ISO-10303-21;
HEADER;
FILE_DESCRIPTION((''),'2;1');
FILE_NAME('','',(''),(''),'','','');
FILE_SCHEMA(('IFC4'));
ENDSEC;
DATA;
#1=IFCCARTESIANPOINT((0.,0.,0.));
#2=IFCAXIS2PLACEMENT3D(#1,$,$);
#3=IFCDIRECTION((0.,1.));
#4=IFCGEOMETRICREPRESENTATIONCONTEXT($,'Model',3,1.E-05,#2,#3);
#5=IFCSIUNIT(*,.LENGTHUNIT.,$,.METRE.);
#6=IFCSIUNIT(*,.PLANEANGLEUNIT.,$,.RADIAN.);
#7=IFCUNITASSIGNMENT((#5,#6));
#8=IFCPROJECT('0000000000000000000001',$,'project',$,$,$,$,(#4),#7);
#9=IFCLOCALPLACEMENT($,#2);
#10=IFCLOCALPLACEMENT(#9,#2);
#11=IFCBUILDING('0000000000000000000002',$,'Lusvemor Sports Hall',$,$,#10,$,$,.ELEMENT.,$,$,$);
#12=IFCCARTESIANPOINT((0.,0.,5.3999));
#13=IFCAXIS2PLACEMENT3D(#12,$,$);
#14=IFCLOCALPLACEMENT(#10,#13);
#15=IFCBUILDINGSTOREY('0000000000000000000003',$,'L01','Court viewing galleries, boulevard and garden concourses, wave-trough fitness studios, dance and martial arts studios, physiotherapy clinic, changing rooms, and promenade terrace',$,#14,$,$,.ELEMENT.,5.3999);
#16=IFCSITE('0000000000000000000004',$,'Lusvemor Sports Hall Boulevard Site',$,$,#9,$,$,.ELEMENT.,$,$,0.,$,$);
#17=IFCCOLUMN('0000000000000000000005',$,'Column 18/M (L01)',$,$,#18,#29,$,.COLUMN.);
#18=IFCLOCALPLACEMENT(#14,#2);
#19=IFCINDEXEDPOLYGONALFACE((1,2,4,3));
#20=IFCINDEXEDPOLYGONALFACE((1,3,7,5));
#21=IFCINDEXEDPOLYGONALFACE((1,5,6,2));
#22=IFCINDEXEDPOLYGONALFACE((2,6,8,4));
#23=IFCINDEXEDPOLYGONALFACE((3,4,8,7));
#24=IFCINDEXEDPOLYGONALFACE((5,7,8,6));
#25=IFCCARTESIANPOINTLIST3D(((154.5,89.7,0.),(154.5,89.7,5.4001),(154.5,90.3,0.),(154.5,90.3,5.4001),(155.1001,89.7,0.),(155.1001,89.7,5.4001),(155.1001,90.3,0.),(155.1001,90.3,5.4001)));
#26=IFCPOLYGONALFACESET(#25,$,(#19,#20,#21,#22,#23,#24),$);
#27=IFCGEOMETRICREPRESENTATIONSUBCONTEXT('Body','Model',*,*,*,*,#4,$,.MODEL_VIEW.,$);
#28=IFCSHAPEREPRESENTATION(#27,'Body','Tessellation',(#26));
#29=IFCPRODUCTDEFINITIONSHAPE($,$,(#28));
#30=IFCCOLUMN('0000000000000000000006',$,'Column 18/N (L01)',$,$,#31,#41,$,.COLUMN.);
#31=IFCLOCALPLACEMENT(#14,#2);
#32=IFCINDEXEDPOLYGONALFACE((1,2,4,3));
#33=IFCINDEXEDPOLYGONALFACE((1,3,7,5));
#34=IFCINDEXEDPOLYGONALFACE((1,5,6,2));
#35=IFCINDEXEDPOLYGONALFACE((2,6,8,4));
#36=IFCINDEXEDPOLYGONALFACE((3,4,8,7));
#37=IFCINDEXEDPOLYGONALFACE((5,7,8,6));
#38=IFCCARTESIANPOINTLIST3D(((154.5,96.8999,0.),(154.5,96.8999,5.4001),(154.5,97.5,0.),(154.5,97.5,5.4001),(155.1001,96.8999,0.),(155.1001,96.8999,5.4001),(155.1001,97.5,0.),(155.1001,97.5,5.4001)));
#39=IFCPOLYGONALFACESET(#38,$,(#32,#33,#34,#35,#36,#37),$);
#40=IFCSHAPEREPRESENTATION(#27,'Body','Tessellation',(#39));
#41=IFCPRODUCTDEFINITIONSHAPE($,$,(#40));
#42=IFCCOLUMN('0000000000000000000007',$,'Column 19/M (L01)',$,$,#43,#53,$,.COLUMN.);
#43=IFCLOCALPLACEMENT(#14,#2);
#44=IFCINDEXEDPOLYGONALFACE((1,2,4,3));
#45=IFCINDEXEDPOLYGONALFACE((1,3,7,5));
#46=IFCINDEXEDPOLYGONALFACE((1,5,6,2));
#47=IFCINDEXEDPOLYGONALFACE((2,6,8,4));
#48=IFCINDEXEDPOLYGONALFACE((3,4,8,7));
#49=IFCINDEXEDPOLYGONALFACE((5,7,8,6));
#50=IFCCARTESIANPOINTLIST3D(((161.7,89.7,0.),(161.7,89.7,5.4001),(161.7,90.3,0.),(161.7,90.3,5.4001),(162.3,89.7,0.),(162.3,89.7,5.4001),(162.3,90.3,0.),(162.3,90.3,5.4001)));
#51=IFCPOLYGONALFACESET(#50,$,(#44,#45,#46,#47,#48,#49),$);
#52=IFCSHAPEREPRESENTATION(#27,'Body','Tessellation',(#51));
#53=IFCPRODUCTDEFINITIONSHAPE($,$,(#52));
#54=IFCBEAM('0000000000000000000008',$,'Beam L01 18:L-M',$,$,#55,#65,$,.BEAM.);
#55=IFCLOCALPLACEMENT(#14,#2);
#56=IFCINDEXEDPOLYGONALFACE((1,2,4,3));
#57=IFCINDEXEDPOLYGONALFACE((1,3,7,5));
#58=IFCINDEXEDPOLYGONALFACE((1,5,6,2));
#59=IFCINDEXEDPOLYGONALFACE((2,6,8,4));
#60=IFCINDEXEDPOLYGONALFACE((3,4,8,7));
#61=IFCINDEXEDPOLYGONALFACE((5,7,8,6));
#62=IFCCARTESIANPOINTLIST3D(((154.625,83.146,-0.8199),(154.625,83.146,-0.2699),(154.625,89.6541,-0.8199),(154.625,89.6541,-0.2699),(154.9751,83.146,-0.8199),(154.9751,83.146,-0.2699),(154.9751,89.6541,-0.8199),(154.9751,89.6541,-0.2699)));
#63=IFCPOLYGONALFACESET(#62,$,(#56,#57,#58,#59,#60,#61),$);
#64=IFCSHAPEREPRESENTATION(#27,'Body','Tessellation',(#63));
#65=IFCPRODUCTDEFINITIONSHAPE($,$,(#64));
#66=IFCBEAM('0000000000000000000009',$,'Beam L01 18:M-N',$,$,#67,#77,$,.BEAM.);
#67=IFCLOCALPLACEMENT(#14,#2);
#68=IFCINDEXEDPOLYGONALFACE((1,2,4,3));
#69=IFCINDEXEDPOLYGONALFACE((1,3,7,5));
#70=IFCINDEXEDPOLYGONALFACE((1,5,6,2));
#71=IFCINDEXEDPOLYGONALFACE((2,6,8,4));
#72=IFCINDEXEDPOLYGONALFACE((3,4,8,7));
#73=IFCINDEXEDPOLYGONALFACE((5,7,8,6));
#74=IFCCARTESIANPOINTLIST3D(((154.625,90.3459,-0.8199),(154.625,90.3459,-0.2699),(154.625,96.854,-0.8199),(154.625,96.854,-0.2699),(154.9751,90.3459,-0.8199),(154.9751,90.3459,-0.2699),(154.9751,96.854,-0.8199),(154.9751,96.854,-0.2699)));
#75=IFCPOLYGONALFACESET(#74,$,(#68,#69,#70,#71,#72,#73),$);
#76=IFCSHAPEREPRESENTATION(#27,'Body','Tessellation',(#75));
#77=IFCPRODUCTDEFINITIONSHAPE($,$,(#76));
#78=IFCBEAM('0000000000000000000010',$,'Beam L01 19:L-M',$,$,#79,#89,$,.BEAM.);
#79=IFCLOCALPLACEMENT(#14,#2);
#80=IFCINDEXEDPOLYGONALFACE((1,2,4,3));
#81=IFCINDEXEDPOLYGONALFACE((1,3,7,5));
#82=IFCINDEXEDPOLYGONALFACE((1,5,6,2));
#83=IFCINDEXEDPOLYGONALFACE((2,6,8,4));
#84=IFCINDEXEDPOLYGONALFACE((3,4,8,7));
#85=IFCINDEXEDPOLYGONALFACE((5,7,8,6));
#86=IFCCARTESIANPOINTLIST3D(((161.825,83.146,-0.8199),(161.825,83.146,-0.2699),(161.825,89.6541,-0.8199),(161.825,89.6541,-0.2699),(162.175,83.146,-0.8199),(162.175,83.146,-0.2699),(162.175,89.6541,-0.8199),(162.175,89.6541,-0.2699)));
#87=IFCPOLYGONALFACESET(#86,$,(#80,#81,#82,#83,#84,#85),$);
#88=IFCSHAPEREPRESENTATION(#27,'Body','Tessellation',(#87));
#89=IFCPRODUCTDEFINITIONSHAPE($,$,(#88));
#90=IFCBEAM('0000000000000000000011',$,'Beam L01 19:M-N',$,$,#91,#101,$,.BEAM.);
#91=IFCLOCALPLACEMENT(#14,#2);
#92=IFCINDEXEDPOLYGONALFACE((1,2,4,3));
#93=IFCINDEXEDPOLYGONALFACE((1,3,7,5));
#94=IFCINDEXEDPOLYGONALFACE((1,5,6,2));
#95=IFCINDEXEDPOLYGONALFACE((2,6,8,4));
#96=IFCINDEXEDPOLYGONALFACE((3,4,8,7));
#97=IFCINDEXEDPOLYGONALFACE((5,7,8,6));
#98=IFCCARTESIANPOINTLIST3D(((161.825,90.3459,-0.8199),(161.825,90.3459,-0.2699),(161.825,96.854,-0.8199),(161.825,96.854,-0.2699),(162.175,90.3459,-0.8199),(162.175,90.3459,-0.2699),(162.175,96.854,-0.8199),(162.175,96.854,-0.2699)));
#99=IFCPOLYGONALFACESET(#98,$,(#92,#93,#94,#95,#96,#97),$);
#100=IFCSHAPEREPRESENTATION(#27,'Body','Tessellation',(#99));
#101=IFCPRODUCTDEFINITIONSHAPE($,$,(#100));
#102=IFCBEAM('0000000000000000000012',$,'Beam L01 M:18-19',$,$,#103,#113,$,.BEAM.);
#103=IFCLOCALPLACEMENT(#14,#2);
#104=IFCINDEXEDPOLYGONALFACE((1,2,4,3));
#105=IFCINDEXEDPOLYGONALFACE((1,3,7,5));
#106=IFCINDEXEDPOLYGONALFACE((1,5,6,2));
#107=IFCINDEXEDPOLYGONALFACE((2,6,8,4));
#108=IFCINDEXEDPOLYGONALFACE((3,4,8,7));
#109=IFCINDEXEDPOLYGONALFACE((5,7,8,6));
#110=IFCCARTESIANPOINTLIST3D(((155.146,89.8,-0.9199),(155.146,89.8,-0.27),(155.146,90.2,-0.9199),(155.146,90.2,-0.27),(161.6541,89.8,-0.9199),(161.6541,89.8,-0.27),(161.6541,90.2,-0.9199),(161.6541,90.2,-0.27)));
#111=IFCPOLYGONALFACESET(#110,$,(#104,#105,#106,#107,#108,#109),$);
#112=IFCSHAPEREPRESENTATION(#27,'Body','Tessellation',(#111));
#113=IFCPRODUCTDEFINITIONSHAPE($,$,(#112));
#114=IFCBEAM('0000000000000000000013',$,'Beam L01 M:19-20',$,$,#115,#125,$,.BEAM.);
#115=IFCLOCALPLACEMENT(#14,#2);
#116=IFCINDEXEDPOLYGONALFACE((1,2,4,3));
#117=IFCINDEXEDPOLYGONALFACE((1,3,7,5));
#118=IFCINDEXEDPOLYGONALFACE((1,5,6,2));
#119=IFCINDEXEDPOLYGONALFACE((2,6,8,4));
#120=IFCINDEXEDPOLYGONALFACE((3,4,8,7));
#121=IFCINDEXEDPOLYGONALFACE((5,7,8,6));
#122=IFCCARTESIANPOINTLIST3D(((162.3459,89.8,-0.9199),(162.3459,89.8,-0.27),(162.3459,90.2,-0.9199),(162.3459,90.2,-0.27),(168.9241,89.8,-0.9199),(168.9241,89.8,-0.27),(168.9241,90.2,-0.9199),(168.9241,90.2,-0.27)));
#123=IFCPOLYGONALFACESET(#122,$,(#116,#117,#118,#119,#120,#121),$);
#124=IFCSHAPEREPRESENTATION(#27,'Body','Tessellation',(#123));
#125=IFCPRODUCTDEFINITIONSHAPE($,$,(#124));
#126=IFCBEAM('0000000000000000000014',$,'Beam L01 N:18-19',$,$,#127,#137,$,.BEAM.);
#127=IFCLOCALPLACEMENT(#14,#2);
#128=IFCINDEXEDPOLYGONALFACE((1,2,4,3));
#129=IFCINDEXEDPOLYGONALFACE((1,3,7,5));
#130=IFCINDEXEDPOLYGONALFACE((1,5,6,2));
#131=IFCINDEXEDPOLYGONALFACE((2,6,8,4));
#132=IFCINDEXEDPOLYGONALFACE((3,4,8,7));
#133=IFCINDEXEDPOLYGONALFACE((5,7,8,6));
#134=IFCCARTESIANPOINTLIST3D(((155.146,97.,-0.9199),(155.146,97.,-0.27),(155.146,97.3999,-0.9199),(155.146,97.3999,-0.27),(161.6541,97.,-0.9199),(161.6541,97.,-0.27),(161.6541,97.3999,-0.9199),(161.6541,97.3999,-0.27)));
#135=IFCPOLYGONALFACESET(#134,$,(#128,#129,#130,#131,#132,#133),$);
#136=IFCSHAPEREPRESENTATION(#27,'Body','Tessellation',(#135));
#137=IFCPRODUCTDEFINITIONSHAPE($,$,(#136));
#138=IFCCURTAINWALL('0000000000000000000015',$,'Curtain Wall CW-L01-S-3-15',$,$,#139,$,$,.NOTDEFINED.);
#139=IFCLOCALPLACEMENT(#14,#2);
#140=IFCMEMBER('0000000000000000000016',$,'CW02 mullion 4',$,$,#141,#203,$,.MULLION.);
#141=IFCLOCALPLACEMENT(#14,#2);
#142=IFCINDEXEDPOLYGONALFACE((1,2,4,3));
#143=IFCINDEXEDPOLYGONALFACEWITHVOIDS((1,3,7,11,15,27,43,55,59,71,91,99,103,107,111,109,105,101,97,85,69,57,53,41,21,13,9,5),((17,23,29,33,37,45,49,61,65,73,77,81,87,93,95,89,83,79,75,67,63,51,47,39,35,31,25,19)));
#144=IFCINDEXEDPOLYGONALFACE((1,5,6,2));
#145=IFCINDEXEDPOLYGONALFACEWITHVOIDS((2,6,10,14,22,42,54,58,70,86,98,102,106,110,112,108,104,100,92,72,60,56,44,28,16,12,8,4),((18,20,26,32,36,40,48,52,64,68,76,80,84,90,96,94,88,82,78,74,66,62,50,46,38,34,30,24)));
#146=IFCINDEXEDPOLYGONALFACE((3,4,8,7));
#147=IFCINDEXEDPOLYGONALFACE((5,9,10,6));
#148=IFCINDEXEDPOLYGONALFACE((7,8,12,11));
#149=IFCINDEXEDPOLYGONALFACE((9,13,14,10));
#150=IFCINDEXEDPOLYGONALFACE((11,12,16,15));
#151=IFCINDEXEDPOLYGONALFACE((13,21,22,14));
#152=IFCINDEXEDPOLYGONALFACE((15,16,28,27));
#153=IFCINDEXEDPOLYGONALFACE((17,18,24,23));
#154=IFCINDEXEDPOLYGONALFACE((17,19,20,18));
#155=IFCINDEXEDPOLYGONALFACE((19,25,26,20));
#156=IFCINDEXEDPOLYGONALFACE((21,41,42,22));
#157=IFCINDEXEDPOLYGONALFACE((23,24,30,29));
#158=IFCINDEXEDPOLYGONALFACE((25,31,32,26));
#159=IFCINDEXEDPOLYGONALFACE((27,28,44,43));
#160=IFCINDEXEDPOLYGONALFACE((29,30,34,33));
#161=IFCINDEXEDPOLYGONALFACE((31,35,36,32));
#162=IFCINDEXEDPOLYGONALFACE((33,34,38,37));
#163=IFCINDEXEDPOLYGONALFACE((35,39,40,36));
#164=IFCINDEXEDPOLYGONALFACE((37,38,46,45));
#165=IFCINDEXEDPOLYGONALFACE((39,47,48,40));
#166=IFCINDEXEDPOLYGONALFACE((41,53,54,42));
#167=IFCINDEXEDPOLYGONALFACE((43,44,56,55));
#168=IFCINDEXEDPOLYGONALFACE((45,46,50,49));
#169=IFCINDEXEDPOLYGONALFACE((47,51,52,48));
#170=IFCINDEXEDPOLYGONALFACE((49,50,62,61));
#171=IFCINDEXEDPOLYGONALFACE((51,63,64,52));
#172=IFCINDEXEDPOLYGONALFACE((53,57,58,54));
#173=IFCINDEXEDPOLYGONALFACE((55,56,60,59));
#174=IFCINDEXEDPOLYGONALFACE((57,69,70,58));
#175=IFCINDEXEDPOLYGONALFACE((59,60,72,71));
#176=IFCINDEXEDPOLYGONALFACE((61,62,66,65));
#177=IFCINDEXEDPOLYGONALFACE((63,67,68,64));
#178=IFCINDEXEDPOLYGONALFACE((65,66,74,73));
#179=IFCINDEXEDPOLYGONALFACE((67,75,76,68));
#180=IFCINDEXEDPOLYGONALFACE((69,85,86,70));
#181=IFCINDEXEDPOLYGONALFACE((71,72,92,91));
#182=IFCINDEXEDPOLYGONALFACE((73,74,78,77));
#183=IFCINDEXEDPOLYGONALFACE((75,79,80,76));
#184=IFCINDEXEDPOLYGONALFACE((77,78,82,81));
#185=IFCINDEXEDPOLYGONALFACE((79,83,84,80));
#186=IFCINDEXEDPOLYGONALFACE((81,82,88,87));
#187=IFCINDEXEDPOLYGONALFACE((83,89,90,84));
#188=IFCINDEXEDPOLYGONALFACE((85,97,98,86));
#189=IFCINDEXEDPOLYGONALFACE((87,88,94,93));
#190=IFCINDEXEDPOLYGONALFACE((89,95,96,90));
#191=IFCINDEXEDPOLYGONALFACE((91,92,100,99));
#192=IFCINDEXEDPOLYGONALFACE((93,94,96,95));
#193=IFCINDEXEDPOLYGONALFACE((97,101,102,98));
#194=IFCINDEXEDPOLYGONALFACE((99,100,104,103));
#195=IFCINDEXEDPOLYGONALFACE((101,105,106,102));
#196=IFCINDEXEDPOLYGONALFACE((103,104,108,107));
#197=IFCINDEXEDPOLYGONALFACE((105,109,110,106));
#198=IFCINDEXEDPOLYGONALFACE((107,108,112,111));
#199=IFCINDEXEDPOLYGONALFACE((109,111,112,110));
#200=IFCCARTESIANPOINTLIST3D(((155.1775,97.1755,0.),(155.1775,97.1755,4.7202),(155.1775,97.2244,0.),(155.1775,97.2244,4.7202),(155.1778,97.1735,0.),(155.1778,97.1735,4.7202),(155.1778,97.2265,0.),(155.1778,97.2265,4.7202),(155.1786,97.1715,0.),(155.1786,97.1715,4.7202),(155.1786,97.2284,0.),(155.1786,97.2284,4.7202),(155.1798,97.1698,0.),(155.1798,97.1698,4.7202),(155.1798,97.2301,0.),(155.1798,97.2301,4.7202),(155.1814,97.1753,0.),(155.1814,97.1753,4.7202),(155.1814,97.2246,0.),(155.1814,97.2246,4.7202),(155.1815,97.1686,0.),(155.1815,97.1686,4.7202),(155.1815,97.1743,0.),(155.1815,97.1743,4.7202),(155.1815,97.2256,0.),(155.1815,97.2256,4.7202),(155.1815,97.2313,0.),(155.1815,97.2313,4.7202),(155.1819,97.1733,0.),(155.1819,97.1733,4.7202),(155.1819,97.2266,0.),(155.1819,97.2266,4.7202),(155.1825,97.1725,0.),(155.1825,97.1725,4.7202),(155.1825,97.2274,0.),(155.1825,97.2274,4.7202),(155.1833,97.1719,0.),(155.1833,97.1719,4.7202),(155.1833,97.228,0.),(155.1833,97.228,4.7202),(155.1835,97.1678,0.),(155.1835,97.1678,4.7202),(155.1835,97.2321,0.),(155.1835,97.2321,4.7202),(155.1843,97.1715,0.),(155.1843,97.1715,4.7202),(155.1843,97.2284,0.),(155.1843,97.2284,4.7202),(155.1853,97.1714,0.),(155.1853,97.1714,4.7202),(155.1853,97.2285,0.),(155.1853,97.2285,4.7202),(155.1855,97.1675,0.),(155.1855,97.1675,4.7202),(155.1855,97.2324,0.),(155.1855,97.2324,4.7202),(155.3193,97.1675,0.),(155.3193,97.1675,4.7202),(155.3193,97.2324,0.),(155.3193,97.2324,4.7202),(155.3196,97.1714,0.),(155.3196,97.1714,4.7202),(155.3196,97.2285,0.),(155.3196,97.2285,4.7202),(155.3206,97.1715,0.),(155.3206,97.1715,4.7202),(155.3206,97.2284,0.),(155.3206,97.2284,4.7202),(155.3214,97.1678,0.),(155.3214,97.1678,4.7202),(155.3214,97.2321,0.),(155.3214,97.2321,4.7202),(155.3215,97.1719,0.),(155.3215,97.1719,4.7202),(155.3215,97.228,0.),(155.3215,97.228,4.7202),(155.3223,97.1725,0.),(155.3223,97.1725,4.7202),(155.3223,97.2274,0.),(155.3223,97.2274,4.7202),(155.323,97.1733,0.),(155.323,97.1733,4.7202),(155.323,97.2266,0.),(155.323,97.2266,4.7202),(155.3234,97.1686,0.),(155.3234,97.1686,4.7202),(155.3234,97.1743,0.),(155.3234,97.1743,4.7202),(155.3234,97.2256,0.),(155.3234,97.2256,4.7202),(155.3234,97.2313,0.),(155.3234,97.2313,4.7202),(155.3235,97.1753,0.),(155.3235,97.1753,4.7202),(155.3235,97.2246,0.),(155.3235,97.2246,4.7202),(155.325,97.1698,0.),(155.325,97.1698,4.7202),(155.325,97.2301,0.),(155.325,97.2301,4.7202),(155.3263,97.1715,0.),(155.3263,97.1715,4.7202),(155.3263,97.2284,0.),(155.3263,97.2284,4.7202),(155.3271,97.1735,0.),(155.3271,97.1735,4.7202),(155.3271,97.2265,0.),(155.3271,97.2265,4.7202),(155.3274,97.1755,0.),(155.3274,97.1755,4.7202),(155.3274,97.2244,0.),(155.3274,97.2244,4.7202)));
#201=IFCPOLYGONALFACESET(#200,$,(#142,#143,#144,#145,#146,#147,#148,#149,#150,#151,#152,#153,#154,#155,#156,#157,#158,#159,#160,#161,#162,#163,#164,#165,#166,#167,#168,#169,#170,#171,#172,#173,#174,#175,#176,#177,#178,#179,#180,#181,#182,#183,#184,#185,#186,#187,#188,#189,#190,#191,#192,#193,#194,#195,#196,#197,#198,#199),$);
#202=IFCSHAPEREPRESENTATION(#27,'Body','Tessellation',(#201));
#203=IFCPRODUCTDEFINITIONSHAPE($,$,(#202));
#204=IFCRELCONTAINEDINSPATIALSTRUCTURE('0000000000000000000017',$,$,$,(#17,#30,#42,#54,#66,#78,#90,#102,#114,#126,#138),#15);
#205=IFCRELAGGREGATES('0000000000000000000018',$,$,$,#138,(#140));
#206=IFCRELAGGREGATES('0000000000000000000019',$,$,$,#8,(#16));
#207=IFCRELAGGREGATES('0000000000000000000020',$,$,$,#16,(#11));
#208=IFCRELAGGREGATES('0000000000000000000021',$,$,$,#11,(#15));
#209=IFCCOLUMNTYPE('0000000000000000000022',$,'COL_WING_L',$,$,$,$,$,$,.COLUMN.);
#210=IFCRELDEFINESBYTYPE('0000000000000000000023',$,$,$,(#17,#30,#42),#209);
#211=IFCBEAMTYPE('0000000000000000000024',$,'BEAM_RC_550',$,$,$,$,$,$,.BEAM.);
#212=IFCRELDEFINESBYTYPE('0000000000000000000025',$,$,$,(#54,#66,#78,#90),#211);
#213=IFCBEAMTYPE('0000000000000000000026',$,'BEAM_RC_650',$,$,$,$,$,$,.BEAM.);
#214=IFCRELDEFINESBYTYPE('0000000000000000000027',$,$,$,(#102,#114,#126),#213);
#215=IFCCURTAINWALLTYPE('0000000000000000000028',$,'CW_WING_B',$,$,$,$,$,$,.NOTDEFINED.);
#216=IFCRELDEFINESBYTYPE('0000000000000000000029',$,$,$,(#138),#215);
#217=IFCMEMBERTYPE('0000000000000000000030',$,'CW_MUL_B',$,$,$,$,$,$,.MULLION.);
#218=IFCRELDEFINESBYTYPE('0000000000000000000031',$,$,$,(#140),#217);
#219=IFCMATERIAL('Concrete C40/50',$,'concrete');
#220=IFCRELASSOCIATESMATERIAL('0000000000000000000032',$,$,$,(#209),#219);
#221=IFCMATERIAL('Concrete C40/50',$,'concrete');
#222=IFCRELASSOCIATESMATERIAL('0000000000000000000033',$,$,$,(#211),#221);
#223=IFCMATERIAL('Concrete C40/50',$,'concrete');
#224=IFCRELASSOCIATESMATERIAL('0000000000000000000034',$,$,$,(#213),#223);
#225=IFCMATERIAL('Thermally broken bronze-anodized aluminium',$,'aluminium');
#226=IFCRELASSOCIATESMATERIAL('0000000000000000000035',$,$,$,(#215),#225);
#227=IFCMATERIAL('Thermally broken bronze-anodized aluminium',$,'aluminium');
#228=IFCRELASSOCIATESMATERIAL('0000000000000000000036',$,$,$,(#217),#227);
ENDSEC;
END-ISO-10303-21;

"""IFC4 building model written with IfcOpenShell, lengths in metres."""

from ifc_helpers import new_model, si_unit, direction, frame, origin, origin_2d, place, context, subcontext, project, spatial, rectangle, hollow_rectangle, extrude, material, material_profile, profile_set, type_object, element, aggregate, save


model = new_model("IFC4")

# Units and contexts
model_context = context("Model", 3, precision=1e-05, world=origin(), true_north=direction((0.0, 1.0)))
body_context = subcontext(model_context, "Body", "Model", "MODEL_VIEW")
ifc_project = project(units=[si_unit("LENGTHUNIT", "METRE"), si_unit("PLANEANGLEUNIT", "RADIAN")], contexts=[model_context])

# Site, building, storey
site_placement = place(None, origin())
site = spatial("IfcSite", under=ifc_project, at=site_placement, Name="Lusvemor Sports Hall Boulevard Site", CompositionType="ELEMENT", RefElevation=0.0)
building_placement = place(site_placement, origin())
building = spatial("IfcBuilding", under=site, at=building_placement, Name="Lusvemor Sports Hall", CompositionType="ELEMENT")
storey_placement = place(building_placement, frame((0.0, 0.0, 5.3999)))
storey = spatial("IfcBuildingStorey", under=building, at=storey_placement, Name="L01", Description="Court viewing galleries, boulevard and garden concourses, wave-trough fitness studios, dance and martial arts studios, physiotherapy clinic, changing rooms, and promenade terrace", CompositionType="ELEMENT", Elevation=5.3999)

# Columns
ifc_material_1 = material(Name="Concrete C40/50", Category="concrete")
ifc_material_profile_1 = material_profile(ifc_material_1, rectangle(XDim=0.6001, YDim=0.6001, at=origin_2d()), Name="RC600x600")
ifc_profile_set_1 = profile_set([ifc_material_profile_1], Name="Concrete C40/50")
column_type = type_object("IfcColumnType", Name="COL_WING_L", PredefinedType="COLUMN", material=ifc_profile_set_1)
for number, where, z_axis, x_axis, name in (
    (1, (154.8, 90.0, 0.0), (0.0, 0.0, 1.0), (1.0, 0.0, 0.0), "Column 18/M (L01)"),
    (2, (154.8, 97.2, 0.0), (0.0, 0.0, 1.0), (1.0, 0.0, 0.0), "Column 18/N (L01)"),
    (3, (162.0, 90.0, 0.0), (0.0, 0.0, 1.0), (1.0, 0.0, 0.0), "Column 19/M (L01)"),
):
    element("IfcColumn", number, at=place(storey_placement, frame(where, z_axis=z_axis, x_axis=x_axis)), inside=storey, type_object=column_type, Name=name, PredefinedType="COLUMN", context=body_context, shape_type="SweptSolid", body=[
        extrude(rectangle(XDim=0.6001, YDim=0.6001, at=origin_2d()), origin(), (0.0, 0.0, 1.0), 5.4001),
    ])

# Beams
ifc_material_2 = material(Name="Concrete C40/50", Category="concrete")
ifc_material_profile_2 = material_profile(ifc_material_2, rectangle(XDim=0.3501, YDim=0.55, at=origin_2d()), Name="RC350x550")
ifc_profile_set_2 = profile_set([ifc_material_profile_2], Name="Concrete C40/50")
beam_type_1 = type_object("IfcBeamType", Name="BEAM_RC_550", PredefinedType="BEAM", material=ifc_profile_set_2)
for number, where, z_axis, x_axis, name in (
    (4, (154.8, 83.146, -0.5449), (0.0, 1.0, 0.0), (-1.0, 0.0, 0.0), "Beam L01 18:L-M"),
    (5, (154.8, 90.3459, -0.5449), (0.0, 1.0, 0.0), (-1.0, 0.0, 0.0), "Beam L01 18:M-N"),
    (6, (162.0, 83.146, -0.5449), (0.0, 1.0, 0.0), (-1.0, 0.0, 0.0), "Beam L01 19:L-M"),
    (7, (162.0, 90.3459, -0.5449), (0.0, 1.0, 0.0), (-1.0, 0.0, 0.0), "Beam L01 19:M-N"),
):
    element("IfcBeam", number, at=place(storey_placement, frame(where, z_axis=z_axis, x_axis=x_axis)), inside=storey, type_object=beam_type_1, Name=name, PredefinedType="BEAM", context=body_context, shape_type="SweptSolid", body=[
        extrude(rectangle(XDim=0.3501, YDim=0.55, at=origin_2d()), origin(), (0.0, 0.0, 1.0), 6.5081),
    ])
ifc_material_3 = material(Name="Concrete C40/50", Category="concrete")
ifc_material_profile_3 = material_profile(ifc_material_3, rectangle(XDim=0.3999, YDim=0.6499, at=origin_2d()), Name="RC400x650")
ifc_profile_set_3 = profile_set([ifc_material_profile_3], Name="Concrete C40/50")
beam_type_2 = type_object("IfcBeamType", Name="BEAM_RC_650", PredefinedType="BEAM", material=ifc_profile_set_3)
beam_1_placement = place(storey_placement, frame((155.146, 90.0, -0.595), z_axis=(1.0, 0.0, 0.0), x_axis=(0.0, 1.0, 0.0)))
element("IfcBeam", 8, at=beam_1_placement, inside=storey, type_object=beam_type_2, Name="Beam L01 M:18-19", PredefinedType="BEAM", context=body_context, shape_type="SweptSolid", body=[
    extrude(rectangle(XDim=0.3999, YDim=0.6499, at=origin_2d()), origin(), (0.0, 0.0, 1.0), 6.5081),
])
beam_2_placement = place(storey_placement, frame((162.3459, 90.0, -0.595), z_axis=(1.0, 0.0, 0.0), x_axis=(0.0, 1.0, 0.0)))
element("IfcBeam", 9, at=beam_2_placement, inside=storey, type_object=beam_type_2, Name="Beam L01 M:19-20", PredefinedType="BEAM", context=body_context, shape_type="SweptSolid", body=[
    extrude(rectangle(XDim=0.3999, YDim=0.6499, at=origin_2d()), origin(), (0.0, 0.0, 1.0), 6.5781),
])
beam_3_placement = place(storey_placement, frame((155.146, 97.2, -0.595), z_axis=(1.0, 0.0, 0.0), x_axis=(0.0, 1.0, 0.0)))
element("IfcBeam", 10, at=beam_3_placement, inside=storey, type_object=beam_type_2, Name="Beam L01 N:18-19", PredefinedType="BEAM", context=body_context, shape_type="SweptSolid", body=[
    extrude(rectangle(XDim=0.3999, YDim=0.6499, at=origin_2d()), origin(), (0.0, 0.0, 1.0), 6.5081),
])

# Curtain wall, member
ifc_material_4 = material(Name="Thermally broken bronze-anodized aluminium", Category="aluminium")
curtain_wall_type = type_object("IfcCurtainWallType", Name="CW_WING_B", PredefinedType="NOTDEFINED", material=ifc_material_4)
curtain_wall_1_placement = place(storey_placement, origin())
curtain_wall_1 = element("IfcCurtainWall", 11, at=curtain_wall_1_placement, inside=storey, type_object=curtain_wall_type, Name="Curtain Wall CW-L01-S-3-15", PredefinedType="NOTDEFINED")
ifc_material_5 = material(Name="Thermally broken bronze-anodized aluminium", Category="aluminium")
ifc_material_profile_4 = material_profile(ifc_material_5, hollow_rectangle(XDim=0.0649, YDim=0.1499, WallThickness=0.0039, InnerFilletRadius=0.0039, OuterFilletRadius=0.0081, at=origin_2d()), Name="CWMUL150x65x4")
ifc_profile_set_4 = profile_set([ifc_material_profile_4], Name="Thermally broken bronze-anodized aluminium")
member_type_1 = type_object("IfcMemberType", Name="CW_MUL_B", PredefinedType="MULLION", material=ifc_profile_set_4)
member_1_placement = place(storey_placement, frame((155.2524, 97.2, 0.0), z_axis=(0.0, 0.0, 1.0), x_axis=(0.0, -1.0, 0.0)))
member_1 = element("IfcMember", 12, at=member_1_placement, type_object=member_type_1, Name="CW02 mullion 4", PredefinedType="MULLION", context=body_context, shape_type="SweptSolid", body=[
    extrude(hollow_rectangle(XDim=0.0649, YDim=0.1499, WallThickness=0.0039, InnerFilletRadius=0.0039, OuterFilletRadius=0.0081, at=origin_2d()), origin(), (0.0, 0.0, 1.0), 4.7202),
])

aggregate(curtain_wall_1, [member_1])

save(model, "model.ifc")
